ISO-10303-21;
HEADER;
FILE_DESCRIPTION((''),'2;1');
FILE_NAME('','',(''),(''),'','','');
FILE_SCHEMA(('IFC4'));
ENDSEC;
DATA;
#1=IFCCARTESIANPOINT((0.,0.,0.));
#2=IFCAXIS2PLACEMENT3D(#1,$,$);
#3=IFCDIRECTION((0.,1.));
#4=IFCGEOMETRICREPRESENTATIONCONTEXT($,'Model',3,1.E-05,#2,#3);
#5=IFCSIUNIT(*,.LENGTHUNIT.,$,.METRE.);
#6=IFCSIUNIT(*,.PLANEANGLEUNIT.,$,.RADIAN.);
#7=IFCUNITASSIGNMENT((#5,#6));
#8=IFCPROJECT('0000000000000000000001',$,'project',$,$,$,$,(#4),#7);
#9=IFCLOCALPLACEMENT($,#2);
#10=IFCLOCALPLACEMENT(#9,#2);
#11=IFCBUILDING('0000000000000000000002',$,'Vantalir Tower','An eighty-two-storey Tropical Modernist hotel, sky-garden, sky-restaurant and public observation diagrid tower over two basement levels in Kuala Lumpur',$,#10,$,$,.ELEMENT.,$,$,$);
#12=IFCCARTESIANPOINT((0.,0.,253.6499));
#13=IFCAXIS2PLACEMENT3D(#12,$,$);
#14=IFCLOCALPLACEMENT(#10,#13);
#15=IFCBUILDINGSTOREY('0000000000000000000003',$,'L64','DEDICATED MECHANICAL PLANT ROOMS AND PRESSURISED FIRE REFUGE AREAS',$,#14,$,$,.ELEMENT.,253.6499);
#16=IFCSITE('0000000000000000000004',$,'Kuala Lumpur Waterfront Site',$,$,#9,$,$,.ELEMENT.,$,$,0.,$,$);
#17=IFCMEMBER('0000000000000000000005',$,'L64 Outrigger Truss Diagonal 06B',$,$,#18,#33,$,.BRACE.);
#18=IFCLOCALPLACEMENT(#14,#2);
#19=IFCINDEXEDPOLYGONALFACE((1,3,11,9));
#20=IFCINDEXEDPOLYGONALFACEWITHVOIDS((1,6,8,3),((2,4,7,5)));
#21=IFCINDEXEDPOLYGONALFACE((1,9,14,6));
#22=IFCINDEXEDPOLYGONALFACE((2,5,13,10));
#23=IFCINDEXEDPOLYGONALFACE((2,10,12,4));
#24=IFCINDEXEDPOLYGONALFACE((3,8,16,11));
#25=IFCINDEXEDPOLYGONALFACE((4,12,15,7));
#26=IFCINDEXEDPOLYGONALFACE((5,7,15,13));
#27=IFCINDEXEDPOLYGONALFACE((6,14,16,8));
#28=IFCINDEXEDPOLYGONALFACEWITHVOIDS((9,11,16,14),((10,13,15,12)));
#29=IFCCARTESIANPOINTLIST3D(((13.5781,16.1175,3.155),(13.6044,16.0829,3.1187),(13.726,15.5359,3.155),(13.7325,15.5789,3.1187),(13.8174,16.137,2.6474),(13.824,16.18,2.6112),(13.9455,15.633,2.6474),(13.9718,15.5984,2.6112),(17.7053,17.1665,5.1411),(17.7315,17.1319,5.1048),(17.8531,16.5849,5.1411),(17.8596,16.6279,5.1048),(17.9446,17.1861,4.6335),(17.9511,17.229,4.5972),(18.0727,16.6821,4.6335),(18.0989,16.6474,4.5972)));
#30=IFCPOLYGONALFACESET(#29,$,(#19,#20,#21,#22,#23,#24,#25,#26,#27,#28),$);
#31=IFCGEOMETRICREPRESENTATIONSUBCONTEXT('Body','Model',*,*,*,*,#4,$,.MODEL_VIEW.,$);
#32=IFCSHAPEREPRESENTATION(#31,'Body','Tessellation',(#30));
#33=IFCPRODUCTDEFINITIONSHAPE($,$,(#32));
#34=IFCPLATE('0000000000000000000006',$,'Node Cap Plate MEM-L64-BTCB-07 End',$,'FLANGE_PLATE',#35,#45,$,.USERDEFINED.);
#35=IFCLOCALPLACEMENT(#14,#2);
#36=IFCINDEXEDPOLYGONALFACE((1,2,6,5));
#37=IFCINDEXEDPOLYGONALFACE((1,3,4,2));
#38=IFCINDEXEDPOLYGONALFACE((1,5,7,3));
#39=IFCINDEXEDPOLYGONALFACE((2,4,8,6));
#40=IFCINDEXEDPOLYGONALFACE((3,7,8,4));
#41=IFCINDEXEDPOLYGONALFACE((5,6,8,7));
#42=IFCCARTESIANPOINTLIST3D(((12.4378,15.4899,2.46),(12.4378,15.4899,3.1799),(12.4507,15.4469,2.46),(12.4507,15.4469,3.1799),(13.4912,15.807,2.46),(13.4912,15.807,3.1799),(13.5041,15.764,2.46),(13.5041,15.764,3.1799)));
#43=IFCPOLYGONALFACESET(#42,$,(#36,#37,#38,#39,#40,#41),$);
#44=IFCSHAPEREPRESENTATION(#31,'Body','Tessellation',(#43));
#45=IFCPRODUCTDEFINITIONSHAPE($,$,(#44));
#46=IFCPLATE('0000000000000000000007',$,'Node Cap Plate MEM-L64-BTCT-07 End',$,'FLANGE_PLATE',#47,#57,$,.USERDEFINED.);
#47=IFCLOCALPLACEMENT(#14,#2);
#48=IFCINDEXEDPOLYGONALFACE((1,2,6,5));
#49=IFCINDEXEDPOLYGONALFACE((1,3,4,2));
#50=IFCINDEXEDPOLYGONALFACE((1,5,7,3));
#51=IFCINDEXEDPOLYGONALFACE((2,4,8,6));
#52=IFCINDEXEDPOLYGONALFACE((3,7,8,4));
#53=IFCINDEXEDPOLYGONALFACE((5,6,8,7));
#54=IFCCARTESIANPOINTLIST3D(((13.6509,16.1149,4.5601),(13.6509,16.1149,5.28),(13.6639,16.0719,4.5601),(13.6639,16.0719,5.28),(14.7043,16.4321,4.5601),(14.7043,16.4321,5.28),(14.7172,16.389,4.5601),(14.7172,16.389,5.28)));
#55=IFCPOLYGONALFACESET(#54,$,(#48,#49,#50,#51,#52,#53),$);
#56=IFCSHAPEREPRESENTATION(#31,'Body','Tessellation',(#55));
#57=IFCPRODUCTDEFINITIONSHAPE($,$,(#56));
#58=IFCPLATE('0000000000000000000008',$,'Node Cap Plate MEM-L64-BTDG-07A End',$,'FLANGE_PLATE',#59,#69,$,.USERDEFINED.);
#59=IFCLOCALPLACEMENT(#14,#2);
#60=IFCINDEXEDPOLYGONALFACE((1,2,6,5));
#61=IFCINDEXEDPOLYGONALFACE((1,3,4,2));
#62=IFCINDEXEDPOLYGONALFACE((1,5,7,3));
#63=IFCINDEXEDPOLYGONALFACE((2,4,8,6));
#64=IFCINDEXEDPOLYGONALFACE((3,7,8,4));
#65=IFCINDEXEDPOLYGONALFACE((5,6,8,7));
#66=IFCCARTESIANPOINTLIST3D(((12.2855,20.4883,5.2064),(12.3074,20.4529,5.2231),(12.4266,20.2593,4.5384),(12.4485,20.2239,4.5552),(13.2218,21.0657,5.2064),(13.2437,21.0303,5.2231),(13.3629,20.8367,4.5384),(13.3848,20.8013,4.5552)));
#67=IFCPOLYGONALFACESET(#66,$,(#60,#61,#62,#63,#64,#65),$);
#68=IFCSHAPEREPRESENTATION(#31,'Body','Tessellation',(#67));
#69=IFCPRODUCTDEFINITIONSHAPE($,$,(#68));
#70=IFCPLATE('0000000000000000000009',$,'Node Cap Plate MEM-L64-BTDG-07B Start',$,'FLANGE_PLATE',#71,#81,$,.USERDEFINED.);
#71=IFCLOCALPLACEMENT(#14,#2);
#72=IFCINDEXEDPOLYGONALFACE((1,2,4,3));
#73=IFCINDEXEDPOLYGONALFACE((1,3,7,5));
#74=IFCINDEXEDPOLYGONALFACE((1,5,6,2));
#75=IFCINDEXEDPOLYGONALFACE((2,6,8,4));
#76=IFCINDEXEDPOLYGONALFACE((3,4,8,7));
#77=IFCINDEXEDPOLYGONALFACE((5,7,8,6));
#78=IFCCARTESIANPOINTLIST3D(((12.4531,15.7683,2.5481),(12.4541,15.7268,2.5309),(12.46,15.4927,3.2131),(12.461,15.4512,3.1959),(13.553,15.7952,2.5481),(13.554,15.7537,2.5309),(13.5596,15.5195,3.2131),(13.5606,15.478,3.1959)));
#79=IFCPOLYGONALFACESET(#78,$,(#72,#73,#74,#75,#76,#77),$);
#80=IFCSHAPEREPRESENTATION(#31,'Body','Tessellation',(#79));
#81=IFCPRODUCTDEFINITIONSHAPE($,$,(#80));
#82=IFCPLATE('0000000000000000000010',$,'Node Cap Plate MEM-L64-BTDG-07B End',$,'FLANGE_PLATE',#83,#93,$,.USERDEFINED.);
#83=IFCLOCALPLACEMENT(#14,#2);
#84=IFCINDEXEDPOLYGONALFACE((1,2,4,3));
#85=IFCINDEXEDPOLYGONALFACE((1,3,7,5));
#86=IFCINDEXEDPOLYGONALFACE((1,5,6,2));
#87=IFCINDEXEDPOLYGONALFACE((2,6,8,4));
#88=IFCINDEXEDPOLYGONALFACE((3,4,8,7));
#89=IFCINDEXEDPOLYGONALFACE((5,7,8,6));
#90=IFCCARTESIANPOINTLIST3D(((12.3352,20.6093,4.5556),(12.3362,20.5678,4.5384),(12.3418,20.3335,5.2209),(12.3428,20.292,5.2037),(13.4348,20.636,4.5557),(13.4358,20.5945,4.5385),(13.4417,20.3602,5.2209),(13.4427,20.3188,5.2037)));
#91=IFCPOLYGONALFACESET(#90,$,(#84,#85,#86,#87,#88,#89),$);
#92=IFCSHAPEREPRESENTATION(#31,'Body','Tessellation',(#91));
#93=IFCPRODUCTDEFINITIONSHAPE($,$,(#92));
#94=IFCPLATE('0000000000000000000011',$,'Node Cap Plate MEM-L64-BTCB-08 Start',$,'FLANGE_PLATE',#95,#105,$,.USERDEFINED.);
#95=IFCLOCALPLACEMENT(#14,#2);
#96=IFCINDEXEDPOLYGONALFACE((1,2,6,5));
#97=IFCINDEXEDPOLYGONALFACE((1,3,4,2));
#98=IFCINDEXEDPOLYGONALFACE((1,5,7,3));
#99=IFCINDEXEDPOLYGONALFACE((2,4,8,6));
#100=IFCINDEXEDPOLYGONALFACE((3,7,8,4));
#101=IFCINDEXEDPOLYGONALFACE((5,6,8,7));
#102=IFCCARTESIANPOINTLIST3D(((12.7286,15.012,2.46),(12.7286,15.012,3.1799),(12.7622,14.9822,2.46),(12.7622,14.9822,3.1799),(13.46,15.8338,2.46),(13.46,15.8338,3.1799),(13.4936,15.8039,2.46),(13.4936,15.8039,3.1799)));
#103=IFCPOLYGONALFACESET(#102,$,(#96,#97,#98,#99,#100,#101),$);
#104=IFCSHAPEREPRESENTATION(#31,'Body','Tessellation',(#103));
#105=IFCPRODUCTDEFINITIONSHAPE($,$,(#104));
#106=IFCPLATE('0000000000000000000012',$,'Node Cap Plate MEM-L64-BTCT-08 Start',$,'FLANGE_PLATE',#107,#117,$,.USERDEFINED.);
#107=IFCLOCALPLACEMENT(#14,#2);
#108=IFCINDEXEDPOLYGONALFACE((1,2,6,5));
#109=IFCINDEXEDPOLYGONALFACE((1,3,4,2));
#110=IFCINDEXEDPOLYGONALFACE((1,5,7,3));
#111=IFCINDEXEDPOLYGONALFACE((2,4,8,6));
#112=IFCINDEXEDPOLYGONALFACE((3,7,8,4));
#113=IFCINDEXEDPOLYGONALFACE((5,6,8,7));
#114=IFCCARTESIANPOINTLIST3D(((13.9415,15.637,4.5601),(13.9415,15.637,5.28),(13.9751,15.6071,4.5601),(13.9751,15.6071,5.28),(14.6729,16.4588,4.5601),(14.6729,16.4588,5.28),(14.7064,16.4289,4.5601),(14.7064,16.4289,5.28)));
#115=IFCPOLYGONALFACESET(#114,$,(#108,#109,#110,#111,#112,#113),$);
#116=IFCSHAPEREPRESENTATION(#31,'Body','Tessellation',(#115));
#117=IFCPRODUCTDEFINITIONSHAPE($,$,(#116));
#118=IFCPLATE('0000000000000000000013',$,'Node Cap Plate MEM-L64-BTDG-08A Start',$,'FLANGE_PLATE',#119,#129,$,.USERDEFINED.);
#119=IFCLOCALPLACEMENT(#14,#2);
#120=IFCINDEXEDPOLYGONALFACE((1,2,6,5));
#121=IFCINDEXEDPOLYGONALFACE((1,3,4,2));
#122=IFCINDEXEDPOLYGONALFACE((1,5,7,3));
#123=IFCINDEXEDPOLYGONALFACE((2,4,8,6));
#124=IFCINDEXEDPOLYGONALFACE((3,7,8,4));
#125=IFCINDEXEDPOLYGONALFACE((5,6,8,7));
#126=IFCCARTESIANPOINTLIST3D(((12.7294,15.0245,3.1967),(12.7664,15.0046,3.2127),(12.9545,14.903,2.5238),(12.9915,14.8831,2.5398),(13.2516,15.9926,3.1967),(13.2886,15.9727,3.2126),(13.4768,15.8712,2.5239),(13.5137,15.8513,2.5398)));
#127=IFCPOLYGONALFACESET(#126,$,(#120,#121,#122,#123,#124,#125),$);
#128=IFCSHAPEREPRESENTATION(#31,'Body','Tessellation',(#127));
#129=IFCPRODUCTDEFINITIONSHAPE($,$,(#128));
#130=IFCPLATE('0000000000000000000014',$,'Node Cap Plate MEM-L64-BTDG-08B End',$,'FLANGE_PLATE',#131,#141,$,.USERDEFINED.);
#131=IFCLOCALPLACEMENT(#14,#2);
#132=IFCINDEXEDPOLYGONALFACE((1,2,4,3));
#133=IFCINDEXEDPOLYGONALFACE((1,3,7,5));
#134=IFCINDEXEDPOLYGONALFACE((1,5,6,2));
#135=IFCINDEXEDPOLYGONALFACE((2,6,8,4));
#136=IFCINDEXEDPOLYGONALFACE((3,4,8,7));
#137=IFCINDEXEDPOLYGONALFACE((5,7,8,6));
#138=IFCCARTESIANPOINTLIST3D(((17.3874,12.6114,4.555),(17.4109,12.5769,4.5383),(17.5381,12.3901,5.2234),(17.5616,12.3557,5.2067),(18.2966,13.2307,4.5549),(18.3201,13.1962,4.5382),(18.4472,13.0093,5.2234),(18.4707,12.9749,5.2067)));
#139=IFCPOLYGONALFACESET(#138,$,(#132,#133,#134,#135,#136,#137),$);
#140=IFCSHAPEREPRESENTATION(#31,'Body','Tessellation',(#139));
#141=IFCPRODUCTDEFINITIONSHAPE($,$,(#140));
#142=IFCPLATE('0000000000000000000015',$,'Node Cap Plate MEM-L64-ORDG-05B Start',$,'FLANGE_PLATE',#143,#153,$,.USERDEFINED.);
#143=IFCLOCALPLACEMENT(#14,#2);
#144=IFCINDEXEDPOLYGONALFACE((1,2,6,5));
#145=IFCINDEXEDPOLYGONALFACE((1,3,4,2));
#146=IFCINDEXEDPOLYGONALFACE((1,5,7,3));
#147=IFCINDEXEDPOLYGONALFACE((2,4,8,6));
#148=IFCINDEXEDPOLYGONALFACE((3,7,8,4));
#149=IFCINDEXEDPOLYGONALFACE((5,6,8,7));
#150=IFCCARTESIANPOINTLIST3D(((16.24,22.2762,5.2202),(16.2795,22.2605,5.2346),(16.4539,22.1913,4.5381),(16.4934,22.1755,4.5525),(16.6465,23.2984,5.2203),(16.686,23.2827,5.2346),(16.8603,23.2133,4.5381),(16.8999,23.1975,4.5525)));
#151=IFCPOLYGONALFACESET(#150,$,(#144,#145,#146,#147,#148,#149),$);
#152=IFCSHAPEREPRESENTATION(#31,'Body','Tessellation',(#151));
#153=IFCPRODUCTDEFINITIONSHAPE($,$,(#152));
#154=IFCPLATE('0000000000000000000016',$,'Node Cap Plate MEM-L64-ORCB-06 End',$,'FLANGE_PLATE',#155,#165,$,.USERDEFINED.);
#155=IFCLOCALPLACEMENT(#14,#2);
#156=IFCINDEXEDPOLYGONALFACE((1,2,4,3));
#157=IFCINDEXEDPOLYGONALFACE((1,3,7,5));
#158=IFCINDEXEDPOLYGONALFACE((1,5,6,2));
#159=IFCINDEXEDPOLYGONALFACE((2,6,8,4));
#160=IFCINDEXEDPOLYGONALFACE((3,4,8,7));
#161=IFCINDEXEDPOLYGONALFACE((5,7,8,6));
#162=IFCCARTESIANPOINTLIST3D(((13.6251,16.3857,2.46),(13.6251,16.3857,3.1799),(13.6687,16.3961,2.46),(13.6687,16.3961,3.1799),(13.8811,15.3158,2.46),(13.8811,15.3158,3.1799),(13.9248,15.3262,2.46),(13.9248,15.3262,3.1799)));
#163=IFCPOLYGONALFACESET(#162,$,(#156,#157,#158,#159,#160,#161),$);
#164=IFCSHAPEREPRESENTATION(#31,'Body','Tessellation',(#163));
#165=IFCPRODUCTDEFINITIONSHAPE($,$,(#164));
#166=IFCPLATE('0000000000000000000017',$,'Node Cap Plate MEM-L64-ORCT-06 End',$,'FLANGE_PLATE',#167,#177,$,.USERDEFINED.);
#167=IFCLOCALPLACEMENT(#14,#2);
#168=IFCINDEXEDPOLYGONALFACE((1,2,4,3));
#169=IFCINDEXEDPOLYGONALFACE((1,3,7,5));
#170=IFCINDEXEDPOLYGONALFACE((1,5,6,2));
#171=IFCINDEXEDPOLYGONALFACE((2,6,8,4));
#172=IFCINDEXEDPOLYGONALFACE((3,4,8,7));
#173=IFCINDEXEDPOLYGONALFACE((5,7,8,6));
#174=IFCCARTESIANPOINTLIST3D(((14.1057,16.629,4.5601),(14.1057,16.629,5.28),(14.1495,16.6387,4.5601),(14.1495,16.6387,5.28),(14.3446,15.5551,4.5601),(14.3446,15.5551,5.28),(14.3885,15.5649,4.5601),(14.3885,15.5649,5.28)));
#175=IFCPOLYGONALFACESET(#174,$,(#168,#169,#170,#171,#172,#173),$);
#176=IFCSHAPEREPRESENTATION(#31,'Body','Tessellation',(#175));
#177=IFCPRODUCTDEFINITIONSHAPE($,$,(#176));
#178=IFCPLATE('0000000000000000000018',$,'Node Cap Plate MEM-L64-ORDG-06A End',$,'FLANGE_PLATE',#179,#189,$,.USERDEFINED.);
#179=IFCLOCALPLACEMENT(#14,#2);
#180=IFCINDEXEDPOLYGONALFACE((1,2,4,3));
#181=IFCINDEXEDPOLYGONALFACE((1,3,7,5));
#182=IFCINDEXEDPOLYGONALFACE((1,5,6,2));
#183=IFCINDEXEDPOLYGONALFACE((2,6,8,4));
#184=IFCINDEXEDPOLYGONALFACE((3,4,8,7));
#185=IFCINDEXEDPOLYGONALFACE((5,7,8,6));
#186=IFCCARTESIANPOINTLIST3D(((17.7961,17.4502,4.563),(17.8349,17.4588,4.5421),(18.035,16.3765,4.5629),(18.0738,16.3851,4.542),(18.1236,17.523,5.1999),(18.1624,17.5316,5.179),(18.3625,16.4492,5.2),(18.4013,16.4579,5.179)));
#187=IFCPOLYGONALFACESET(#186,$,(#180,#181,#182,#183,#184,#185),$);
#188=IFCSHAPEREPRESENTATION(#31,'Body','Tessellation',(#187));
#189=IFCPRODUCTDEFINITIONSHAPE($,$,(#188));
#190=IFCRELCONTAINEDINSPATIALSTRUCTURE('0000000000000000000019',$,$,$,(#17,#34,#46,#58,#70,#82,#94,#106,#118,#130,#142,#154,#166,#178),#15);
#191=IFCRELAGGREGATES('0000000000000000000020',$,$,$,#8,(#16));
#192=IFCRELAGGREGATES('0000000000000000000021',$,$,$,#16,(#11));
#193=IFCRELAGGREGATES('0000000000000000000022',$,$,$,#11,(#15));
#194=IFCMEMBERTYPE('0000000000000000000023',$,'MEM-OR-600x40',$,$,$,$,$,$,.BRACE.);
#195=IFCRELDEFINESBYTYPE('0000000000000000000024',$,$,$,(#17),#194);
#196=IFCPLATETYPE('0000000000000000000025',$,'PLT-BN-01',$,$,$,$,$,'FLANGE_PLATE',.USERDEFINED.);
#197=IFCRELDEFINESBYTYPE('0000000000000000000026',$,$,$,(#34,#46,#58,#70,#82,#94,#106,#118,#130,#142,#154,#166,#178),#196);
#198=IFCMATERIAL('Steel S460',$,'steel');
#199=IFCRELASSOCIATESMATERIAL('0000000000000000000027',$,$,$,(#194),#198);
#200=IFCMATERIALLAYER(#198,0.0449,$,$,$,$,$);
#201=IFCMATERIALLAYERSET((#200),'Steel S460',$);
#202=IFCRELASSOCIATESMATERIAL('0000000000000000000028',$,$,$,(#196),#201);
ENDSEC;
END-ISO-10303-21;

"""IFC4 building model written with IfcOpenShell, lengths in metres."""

from ifc_helpers import new_model, si_unit, direction, frame, origin, origin_2d, place, context, subcontext, project, spatial, polyline, rectangle, hollow_rectangle, outline, extrude, material, layer, layer_set, material_profile, profile_set, type_object, element, save


model = new_model("IFC4")

# Units and contexts
model_context = context("Model", 3, precision=1e-05, world=origin(), true_north=direction((0.0, 1.0)))
body_context = subcontext(model_context, "Body", "Model", "MODEL_VIEW")
ifc_project = project(units=[si_unit("LENGTHUNIT", "METRE"), si_unit("PLANEANGLEUNIT", "RADIAN")], contexts=[model_context])

# Site, building, storey
site_placement = place(None, origin())
site = spatial("IfcSite", under=ifc_project, at=site_placement, Name="Kuala Lumpur Waterfront Site", CompositionType="ELEMENT", RefElevation=0.0)
building_placement = place(site_placement, origin())
building = spatial("IfcBuilding", under=site, at=building_placement, Name="Vantalir Tower", Description="An eighty-two-storey Tropical Modernist hotel, sky-garden, sky-restaurant and public observation diagrid tower over two basement levels in Kuala Lumpur", CompositionType="ELEMENT")
storey_placement = place(building_placement, frame((0.0, 0.0, 253.6499)))
storey = spatial("IfcBuildingStorey", under=building, at=storey_placement, Name="L64", Description="DEDICATED MECHANICAL PLANT ROOMS AND PRESSURISED FIRE REFUGE AREAS", CompositionType="ELEMENT", Elevation=253.6499)

# Shared definitions
ifc_material_1 = material(Name="Steel S460", Category="steel")

# Member
ifc_material_profile_1 = material_profile(ifc_material_1, hollow_rectangle(XDim=0.6001, YDim=0.6001, WallThickness=0.04, at=origin_2d()), Name="Steel S460")
ifc_profile_set_1 = profile_set([ifc_material_profile_1], Name="Steel S460")
member_type_1 = type_object("IfcMemberType", Name="MEM-OR-600x40", PredefinedType="BRACE", material=ifc_profile_set_1)
member_1_placement = place(storey_placement, frame((17.9021, 16.907, 4.8691), z_axis=(-0.878349, -0.223263, -0.422678), x_axis=(0.246351, -0.969181, 0.0)))
element("IfcMember", 1, at=member_1_placement, inside=storey, type_object=member_type_1, Name="L64 Outrigger Truss Diagonal 06B", PredefinedType="BRACE", context=body_context, shape_type="SweptSolid", body=[
    extrude(hollow_rectangle(XDim=0.6001, YDim=0.6001, WallThickness=0.04, at=origin_2d()), origin(), (0.0, 0.0, 1.0), 4.6987),
])

# Plates
ifc_layer_1 = layer(ifc_material_1, 0.0449)
ifc_layer_set_1 = layer_set([ifc_layer_1], Name="Steel S460")
plate_type_1 = type_object("IfcPlateType", Name="PLT-BN-01", ElementType="FLANGE_PLATE", PredefinedType="USERDEFINED", material=ifc_layer_set_1)
for number, where, z_axis, x_axis, name in (
    (2, (12.9709, 15.627, 2.46), (0.0, 0.0, 1.0), (0.288213, -0.957566, 0.0), "Node Cap Plate MEM-L64-BTCB-07 End"),
    (3, (14.1841, 16.252, 4.5601), (0.0, 0.0, 1.0), (0.28833, -0.957531, 0.0), "Node Cap Plate MEM-L64-BTCT-07 End"),
):
    element("IfcPlate", number, at=place(storey_placement, frame(where, z_axis=z_axis, x_axis=x_axis)), inside=storey, type_object=plate_type_1, Name=name, ObjectType="FLANGE_PLATE", PredefinedType="USERDEFINED", context=body_context, shape_type="SweptSolid", body=[
        extrude(rectangle(XDim=0.0449, YDim=1.1001, at=origin_2d()), origin(), (0.0, 0.0, 1.0), 0.72),
    ])
plate_1_placement = place(storey_placement, frame((12.4485, 20.2239, 4.5552), z_axis=(0.486905, -0.789548, 0.373548), x_axis=(0.851163, 0.524902, 0.0)))
element("IfcPlate", 4, at=plate_1_placement, inside=storey, type_object=plate_type_1, Name="Node Cap Plate MEM-L64-BTDG-07A End", ObjectType="FLANGE_PLATE", PredefinedType="USERDEFINED", context=body_context, shape_type="SweptSolid", body=[
    extrude(outline(polyline([(0.0, 0.0), (1.1, 0.0), (1.1001, 0.7201), (0.0001, 0.7201), (0.0, 0.0)])), origin(), (0.0, 0.0, -1.0), 0.0449),
])
plate_2_placement = place(storey_placement, frame((13.553, 15.7952, 2.5481), z_axis=(-0.022551, 0.923482, 0.382978), x_axis=(-0.999702, -0.024412, -0.000001)))
element("IfcPlate", 5, at=plate_2_placement, inside=storey, type_object=plate_type_1, Name="Node Cap Plate MEM-L64-BTDG-07B Start", ObjectType="FLANGE_PLATE", PredefinedType="USERDEFINED", context=body_context, shape_type="SweptSolid", body=[
    extrude(outline(polyline([(0.0, 0.0), (1.1002, 0.0), (1.1001, 0.7199), (0.0001, 0.7199), (0.0, 0.0)])), origin(), (0.0, 0.0, -1.0), 0.0449),
])
plate_3_placement = place(storey_placement, frame((13.4348, 20.636, 4.5557), z_axis=(-0.022449, 0.923474, 0.383002), x_axis=(-0.999705, -0.024286, -0.000038)))
element("IfcPlate", 6, at=plate_3_placement, inside=storey, type_object=plate_type_1, Name="Node Cap Plate MEM-L64-BTDG-07B End", ObjectType="FLANGE_PLATE", PredefinedType="USERDEFINED", context=body_context, shape_type="SweptSolid", body=[
    extrude(outline(polyline([(0.0, 0.0), (1.0999, 0.0), (1.1, 0.7202), (-0.0002, 0.7202), (0.0, 0.0)])), origin(), (0.0, 0.0, -1.0), 0.0449),
])
for number, where, z_axis, x_axis, name in (
    (7, (13.1111, 15.408, 2.46), (0.0, 0.0, 1.0), (0.746963, -0.664865, 0.0), "Node Cap Plate MEM-L64-BTCB-08 Start"),
    (8, (14.324, 16.033, 4.5601), (0.0, 0.0, 1.0), (0.747033, -0.664787, 0.0), "Node Cap Plate MEM-L64-BTCT-08 Start"),
):
    element("IfcPlate", number, at=place(storey_placement, frame(where, z_axis=z_axis, x_axis=x_axis)), inside=storey, type_object=plate_type_1, Name=name, ObjectType="FLANGE_PLATE", PredefinedType="USERDEFINED", context=body_context, shape_type="SweptSolid", body=[
        extrude(rectangle(XDim=0.0449, YDim=1.1001, at=origin_2d()), origin(), (0.0, 0.0, 1.0), 0.72),
    ])
plate_4_placement = place(storey_placement, frame((12.9915, 14.8831, 2.5398), z_axis=(0.822689, -0.44376, 0.35533), x_axis=(0.474736, 0.880128, 0.000017)))
element("IfcPlate", 9, at=plate_4_placement, inside=storey, type_object=plate_type_1, Name="Node Cap Plate MEM-L64-BTDG-08A Start", ObjectType="FLANGE_PLATE", PredefinedType="USERDEFINED", context=body_context, shape_type="SweptSolid", body=[
    extrude(outline(polyline([(0.0, 0.0), (1.1001, 0.0), (1.1001, 0.7198), (0.0002, 0.7198), (0.0, 0.0)])), origin(), (0.0, 0.0, -1.0), 0.0449),
])
plate_5_placement = place(storey_placement, frame((18.2966, 13.2307, 4.5549), z_axis=(-0.522591, 0.76725, 0.371786), x_axis=(-0.826488, -0.562955, 0.000032)))
element("IfcPlate", 10, at=plate_5_placement, inside=storey, type_object=plate_type_1, Name="Node Cap Plate MEM-L64-BTDG-08B End", ObjectType="FLANGE_PLATE", PredefinedType="USERDEFINED", context=body_context, shape_type="SweptSolid", body=[
    extrude(outline(polyline([(0.0, 0.0), (1.1001, 0.0), (1.1002, 0.72), (0.0002, 0.7201), (0.0, 0.0)])), origin(), (0.0, 0.0, -1.0), 0.0449),
])
plate_6_placement = place(storey_placement, frame((16.4934, 22.1755, 4.5525), z_axis=(0.880438, -0.350156, 0.319718), x_axis=(0.369557, 0.929208, -0.000012)))
element("IfcPlate", 11, at=plate_6_placement, inside=storey, type_object=plate_type_1, Name="Node Cap Plate MEM-L64-ORDG-05B Start", ObjectType="FLANGE_PLATE", PredefinedType="USERDEFINED", context=body_context, shape_type="SweptSolid", body=[
    extrude(outline(polyline([(0.0, 0.0), (1.0998, 0.0), (1.1, 0.7199), (-0.0001, 0.7199), (0.0, 0.0)])), origin(), (0.0, 0.0, -1.0), 0.0449),
])
for number, where, z_axis, x_axis, name in (
    (12, (13.7749, 15.856, 2.46), (0.0, 0.0, 1.0), (-0.972545, -0.232716, 0.0), "Node Cap Plate MEM-L64-ORCB-06 End"),
    (13, (14.2471, 16.0969, 4.5601), (0.0, 0.0, 1.0), (-0.976118, -0.21724, 0.0), "Node Cap Plate MEM-L64-ORCT-06 End"),
):
    element("IfcPlate", number, at=place(storey_placement, frame(where, z_axis=z_axis, x_axis=x_axis)), inside=storey, type_object=plate_type_1, Name=name, ObjectType="FLANGE_PLATE", PredefinedType="USERDEFINED", context=body_context, shape_type="SweptSolid", body=[
        extrude(rectangle(XDim=0.0449, YDim=1.1001, at=origin_2d()), origin(), (0.0, 0.0, 1.0), 0.72),
    ])
plate_7_placement = place(storey_placement, frame((17.7961, 17.4502, 4.563), z_axis=(-0.863655, -0.192152, 0.466023), x_axis=(0.217154, -0.976137, -0.000045)))
element("IfcPlate", 14, at=plate_7_placement, inside=storey, type_object=plate_type_1, Name="Node Cap Plate MEM-L64-ORDG-06A End", ObjectType="FLANGE_PLATE", PredefinedType="USERDEFINED", context=body_context, shape_type="SweptSolid", body=[
    extrude(outline(polyline([(0.0, 0.0), (1.1, 0.0), (1.1001, 0.72), (0.0, 0.7199), (0.0, 0.0)])), origin(), (0.0, 0.0, -1.0), 0.0449),
])

save(model, "model.ifc")
